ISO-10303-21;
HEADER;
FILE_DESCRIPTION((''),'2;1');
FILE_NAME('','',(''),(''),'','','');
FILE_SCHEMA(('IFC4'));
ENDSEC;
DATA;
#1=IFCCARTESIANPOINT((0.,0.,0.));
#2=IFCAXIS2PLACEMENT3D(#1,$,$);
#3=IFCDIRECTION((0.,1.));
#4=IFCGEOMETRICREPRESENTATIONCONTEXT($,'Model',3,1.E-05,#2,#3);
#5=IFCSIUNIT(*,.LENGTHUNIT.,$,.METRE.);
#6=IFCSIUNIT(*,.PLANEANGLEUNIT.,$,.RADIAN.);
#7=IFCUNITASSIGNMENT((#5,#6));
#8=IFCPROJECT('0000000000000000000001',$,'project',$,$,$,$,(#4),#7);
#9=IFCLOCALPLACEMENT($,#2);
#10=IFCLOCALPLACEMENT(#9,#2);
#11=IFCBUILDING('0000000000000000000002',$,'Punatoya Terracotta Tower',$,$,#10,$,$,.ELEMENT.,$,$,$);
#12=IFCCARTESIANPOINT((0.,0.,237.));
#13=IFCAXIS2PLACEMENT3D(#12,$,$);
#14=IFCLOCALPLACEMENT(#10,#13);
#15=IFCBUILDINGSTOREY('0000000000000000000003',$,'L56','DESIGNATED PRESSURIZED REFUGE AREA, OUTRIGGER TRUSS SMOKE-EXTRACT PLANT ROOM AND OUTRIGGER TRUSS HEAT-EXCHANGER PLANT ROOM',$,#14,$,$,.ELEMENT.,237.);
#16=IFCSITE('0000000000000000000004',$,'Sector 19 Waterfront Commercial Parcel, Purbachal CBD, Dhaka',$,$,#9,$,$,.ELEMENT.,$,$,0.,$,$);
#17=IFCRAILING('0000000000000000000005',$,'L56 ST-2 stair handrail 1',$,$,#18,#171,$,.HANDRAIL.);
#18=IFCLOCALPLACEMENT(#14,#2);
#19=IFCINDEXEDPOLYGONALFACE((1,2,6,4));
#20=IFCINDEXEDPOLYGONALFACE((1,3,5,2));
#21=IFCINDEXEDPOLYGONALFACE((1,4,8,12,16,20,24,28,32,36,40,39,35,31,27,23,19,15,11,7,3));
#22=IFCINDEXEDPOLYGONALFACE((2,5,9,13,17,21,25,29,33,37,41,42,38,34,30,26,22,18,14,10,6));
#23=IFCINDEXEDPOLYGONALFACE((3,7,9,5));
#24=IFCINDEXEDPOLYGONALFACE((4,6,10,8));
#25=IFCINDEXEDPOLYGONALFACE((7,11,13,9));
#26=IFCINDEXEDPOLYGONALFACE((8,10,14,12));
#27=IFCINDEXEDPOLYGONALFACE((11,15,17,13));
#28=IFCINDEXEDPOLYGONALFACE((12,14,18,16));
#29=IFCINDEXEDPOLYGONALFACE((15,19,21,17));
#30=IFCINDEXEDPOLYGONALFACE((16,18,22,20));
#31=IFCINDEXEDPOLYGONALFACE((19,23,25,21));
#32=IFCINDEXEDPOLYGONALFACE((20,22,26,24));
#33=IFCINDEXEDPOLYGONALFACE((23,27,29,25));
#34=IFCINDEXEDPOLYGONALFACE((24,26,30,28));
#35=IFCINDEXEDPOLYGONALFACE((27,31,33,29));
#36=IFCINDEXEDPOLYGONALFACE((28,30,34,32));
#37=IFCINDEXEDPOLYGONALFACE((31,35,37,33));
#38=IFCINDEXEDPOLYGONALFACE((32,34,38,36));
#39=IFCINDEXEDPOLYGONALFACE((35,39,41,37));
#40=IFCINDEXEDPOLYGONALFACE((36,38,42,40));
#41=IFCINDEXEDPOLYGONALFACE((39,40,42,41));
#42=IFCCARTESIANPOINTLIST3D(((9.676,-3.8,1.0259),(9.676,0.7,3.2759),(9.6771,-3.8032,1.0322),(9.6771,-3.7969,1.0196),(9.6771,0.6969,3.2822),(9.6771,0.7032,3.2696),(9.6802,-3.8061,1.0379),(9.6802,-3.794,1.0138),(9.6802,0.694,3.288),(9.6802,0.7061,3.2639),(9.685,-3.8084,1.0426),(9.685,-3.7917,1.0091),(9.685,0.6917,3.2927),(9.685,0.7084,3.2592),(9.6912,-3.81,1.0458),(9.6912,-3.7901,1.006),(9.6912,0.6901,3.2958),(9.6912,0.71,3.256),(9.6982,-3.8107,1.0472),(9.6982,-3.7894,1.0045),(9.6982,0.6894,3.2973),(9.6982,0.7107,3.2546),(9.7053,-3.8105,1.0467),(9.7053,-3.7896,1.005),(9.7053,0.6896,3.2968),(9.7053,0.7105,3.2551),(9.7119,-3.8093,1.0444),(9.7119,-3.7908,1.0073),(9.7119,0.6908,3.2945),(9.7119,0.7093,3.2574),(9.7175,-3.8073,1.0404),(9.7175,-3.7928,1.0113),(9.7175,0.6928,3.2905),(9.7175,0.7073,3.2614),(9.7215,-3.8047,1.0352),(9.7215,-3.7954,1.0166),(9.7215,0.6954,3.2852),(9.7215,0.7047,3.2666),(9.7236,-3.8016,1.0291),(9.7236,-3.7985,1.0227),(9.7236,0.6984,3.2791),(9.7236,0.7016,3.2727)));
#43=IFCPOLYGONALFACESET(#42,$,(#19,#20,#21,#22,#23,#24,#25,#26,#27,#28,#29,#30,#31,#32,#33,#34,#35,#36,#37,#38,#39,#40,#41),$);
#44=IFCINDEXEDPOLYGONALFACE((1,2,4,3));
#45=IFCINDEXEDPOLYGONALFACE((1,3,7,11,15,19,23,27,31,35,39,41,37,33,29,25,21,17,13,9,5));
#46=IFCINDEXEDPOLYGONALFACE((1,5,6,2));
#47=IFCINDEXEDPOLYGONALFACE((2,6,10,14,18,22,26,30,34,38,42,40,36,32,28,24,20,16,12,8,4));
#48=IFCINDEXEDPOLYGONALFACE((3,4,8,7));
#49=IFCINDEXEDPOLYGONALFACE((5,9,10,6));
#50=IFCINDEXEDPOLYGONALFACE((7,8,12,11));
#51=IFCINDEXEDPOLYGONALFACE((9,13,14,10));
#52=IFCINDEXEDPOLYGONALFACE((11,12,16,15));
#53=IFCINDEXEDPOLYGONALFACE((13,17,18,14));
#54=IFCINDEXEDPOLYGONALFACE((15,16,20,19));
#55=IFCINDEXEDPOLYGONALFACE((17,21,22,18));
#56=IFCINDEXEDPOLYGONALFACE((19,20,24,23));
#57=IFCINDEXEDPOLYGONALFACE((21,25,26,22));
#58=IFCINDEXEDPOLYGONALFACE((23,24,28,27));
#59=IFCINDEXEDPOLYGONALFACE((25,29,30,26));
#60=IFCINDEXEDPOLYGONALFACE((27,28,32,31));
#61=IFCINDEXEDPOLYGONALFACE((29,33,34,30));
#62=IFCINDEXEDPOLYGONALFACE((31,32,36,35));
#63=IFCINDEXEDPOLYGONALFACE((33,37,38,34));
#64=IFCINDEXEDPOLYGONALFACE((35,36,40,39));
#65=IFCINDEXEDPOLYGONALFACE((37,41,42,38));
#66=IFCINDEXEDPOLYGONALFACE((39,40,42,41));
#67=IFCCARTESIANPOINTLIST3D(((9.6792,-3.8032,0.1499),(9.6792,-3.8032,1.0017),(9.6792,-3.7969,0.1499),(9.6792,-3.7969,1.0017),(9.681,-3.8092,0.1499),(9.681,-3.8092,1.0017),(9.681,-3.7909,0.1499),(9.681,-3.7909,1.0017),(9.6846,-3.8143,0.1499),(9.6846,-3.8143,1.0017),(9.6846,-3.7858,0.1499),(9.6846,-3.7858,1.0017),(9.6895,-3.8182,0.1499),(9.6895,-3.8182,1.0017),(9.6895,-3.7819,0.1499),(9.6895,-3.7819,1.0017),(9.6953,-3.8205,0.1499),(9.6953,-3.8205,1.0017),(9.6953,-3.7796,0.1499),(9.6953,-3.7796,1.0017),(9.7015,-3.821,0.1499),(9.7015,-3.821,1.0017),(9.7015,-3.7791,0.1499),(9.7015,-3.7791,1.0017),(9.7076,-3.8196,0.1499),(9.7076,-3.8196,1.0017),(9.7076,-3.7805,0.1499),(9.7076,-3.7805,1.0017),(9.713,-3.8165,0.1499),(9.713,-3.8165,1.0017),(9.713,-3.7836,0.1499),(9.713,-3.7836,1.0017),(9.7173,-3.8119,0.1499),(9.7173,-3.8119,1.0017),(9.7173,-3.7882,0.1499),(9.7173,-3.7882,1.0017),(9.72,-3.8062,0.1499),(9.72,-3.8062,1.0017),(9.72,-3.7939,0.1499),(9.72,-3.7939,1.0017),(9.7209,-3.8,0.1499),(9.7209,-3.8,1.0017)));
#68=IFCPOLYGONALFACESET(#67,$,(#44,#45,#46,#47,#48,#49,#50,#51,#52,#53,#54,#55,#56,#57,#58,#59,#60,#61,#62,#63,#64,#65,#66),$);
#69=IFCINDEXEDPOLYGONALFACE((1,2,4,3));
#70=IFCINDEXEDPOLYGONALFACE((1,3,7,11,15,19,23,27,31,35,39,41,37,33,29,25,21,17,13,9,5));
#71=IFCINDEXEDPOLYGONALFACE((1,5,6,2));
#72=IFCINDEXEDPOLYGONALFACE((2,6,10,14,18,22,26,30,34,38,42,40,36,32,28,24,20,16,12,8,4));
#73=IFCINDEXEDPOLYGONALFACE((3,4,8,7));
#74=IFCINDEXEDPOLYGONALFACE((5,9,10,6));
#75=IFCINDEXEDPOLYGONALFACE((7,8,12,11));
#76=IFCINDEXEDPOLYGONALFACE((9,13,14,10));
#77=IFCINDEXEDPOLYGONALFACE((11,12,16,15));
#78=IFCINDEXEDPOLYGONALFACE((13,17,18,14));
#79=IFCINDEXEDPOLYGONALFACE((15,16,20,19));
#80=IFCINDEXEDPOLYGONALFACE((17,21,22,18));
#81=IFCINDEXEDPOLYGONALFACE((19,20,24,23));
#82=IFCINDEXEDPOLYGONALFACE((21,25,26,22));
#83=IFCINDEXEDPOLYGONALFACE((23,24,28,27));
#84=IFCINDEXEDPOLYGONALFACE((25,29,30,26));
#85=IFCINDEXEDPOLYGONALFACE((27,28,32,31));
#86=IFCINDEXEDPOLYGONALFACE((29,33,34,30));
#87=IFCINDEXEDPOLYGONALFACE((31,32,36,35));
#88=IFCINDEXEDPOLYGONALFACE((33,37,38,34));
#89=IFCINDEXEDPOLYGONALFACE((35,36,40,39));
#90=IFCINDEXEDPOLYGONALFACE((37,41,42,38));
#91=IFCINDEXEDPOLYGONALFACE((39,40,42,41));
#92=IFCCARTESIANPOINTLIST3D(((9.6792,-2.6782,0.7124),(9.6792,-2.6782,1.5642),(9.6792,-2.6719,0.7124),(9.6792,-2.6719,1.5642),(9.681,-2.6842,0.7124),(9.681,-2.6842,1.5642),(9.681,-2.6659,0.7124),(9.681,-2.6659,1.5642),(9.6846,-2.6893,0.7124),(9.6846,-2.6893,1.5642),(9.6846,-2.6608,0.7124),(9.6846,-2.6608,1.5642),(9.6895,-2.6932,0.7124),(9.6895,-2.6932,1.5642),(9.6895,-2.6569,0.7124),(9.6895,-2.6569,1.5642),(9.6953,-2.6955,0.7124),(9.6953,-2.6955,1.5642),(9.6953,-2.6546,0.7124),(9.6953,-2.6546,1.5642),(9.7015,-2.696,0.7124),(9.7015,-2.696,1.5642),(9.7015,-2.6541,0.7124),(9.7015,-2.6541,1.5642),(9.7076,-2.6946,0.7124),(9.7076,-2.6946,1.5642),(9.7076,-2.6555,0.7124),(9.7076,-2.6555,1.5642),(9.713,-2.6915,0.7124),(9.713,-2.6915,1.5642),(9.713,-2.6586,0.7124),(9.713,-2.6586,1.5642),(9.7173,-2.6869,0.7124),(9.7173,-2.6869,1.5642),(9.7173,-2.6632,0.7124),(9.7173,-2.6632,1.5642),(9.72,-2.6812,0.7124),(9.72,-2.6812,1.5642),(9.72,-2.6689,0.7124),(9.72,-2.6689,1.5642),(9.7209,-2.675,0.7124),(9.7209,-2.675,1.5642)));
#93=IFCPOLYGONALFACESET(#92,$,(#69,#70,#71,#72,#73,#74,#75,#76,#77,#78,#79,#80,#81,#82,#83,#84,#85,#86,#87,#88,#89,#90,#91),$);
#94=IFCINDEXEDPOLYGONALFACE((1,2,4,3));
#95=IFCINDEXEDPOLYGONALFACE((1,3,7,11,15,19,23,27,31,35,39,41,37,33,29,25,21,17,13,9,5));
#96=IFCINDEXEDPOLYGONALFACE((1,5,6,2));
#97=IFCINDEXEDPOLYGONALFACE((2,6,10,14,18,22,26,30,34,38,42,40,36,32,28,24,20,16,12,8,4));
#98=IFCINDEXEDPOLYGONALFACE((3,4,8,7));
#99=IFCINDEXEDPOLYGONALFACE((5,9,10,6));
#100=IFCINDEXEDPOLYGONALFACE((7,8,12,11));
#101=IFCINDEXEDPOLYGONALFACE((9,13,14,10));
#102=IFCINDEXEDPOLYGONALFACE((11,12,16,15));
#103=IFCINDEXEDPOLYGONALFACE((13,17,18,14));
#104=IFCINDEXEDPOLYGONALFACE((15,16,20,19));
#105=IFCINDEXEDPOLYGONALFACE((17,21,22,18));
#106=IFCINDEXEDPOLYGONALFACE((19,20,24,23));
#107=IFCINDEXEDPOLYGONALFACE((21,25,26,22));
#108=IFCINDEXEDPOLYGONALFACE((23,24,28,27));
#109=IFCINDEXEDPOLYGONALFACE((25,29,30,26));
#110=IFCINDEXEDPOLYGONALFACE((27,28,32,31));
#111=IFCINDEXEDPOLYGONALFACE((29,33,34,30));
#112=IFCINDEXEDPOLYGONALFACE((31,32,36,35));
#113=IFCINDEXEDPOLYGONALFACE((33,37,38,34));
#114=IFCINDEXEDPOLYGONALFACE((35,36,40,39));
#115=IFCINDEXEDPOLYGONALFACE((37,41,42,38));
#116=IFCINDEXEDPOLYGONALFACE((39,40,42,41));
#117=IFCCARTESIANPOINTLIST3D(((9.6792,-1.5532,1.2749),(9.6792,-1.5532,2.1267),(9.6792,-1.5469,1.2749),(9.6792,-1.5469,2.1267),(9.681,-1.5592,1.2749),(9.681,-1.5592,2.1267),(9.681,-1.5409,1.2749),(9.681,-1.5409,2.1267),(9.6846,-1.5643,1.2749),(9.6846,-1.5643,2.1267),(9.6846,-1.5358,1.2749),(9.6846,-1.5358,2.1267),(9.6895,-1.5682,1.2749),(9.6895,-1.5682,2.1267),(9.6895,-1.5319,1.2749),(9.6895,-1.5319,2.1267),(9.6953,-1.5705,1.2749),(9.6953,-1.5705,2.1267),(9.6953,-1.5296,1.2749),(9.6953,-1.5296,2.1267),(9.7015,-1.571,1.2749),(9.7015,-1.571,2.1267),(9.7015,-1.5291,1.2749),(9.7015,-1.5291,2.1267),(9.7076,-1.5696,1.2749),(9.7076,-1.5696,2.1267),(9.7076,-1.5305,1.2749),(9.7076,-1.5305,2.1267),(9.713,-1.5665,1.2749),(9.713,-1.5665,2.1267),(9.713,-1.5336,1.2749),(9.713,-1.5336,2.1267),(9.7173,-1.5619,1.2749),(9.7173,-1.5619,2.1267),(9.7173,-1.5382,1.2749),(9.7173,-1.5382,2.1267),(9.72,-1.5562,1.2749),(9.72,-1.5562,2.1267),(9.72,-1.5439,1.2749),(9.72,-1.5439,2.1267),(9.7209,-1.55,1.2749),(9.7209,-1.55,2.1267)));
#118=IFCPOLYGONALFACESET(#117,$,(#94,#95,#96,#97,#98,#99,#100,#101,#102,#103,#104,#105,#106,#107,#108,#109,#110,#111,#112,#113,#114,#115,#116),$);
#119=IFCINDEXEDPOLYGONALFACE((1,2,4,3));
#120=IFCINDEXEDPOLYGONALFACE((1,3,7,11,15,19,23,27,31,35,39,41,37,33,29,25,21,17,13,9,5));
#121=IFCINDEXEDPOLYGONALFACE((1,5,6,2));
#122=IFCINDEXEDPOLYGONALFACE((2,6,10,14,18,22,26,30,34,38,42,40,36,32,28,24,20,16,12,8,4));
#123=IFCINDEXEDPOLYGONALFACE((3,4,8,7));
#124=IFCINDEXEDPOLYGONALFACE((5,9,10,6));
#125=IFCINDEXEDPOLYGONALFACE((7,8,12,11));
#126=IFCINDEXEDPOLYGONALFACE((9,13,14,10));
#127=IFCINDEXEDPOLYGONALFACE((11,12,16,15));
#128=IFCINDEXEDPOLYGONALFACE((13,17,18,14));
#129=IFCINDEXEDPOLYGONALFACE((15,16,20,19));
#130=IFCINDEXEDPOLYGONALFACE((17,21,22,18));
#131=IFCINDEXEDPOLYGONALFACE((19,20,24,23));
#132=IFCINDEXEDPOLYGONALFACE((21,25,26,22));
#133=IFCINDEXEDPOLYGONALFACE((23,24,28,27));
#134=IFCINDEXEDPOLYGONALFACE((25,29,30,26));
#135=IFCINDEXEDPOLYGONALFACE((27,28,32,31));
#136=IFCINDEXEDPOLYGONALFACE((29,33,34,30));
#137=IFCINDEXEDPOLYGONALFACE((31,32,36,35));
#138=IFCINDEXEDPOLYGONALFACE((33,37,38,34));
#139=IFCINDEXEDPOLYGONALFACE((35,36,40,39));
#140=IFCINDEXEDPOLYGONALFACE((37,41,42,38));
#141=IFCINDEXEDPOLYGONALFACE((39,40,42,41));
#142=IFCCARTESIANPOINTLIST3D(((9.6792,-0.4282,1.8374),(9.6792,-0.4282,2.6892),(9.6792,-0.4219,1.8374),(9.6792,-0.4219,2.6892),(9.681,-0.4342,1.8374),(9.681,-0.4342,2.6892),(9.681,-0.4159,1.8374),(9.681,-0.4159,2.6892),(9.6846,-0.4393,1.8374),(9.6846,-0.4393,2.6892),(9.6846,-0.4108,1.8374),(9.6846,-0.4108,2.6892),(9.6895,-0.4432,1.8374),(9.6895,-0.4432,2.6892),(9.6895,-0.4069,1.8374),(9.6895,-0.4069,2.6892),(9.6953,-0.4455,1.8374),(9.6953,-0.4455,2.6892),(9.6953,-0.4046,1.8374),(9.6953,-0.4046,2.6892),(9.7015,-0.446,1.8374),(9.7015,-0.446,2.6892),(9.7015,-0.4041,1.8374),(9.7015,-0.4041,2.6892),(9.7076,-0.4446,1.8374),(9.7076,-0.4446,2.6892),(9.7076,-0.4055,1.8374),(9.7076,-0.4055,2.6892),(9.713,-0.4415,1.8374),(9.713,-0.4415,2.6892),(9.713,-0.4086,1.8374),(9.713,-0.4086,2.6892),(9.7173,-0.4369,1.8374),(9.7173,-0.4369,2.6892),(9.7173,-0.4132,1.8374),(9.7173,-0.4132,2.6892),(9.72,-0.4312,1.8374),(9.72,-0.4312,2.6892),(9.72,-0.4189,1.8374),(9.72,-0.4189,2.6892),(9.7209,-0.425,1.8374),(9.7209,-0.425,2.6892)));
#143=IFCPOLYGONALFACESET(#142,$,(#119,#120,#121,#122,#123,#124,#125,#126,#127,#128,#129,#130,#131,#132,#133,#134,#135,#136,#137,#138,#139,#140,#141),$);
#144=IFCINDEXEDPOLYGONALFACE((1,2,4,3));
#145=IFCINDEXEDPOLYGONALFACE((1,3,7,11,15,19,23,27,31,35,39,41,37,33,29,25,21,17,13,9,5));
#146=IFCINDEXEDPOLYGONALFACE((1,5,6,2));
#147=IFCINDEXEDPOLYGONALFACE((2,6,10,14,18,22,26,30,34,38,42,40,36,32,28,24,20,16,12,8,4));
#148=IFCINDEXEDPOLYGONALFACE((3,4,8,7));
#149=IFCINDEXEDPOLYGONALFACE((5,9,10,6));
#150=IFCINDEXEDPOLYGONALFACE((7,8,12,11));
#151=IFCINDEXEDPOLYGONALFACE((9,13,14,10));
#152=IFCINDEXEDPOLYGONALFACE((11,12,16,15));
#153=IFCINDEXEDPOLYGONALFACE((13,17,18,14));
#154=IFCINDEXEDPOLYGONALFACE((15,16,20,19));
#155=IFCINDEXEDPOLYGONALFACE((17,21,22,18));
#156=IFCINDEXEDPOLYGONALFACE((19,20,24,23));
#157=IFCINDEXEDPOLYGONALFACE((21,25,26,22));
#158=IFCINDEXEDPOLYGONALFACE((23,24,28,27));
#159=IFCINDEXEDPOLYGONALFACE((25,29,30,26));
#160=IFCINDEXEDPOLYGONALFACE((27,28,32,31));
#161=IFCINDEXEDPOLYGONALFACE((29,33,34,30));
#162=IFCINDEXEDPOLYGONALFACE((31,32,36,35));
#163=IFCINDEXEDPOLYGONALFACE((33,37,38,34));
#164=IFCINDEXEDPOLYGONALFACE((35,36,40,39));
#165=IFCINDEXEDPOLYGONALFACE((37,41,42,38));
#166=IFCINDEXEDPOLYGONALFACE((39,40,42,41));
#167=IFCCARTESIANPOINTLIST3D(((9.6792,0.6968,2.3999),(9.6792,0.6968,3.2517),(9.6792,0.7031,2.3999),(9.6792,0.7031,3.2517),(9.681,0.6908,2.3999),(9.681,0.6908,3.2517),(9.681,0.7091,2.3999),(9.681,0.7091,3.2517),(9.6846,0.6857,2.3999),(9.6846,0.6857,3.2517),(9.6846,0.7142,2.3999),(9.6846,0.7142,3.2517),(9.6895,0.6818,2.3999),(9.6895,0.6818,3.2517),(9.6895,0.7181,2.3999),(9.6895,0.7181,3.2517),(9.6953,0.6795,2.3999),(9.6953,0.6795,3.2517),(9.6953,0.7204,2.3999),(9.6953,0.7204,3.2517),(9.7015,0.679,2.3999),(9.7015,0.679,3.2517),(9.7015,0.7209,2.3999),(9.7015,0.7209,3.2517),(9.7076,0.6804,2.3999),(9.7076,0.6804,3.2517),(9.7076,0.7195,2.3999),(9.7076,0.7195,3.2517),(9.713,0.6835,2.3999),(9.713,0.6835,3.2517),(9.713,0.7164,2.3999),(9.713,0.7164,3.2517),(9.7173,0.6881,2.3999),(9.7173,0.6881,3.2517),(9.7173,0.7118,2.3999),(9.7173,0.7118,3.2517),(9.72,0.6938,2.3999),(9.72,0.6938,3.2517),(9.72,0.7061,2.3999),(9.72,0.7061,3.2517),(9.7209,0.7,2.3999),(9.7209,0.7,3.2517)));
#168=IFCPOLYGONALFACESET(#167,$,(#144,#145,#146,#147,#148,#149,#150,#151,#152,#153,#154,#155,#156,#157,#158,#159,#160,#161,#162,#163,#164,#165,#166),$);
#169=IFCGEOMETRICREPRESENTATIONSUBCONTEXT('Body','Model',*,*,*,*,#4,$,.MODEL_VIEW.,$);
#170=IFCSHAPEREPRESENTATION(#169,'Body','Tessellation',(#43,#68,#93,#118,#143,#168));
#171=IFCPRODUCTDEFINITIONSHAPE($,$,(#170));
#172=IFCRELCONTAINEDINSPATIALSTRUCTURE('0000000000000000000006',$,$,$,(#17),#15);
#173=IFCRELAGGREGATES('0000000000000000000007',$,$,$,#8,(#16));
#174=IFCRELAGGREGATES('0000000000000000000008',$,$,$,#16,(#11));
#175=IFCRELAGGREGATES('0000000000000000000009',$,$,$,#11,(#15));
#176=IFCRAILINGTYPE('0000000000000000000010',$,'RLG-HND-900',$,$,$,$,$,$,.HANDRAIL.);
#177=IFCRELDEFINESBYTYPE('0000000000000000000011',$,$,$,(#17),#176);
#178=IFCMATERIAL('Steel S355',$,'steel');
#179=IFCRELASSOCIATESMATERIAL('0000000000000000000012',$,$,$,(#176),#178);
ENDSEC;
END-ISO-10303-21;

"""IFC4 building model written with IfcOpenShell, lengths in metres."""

from ifc_helpers import new_model, si_unit, direction, frame, origin, origin_2d, place, context, subcontext, project, spatial, circle, extrude, material, type_object, element, save


model = new_model("IFC4")

# Units and contexts
model_context = context("Model", 3, precision=1e-05, world=origin(), true_north=direction((0.0, 1.0)))
body_context = subcontext(model_context, "Body", "Model", "MODEL_VIEW")
ifc_project = project(units=[si_unit("LENGTHUNIT", "METRE"), si_unit("PLANEANGLEUNIT", "RADIAN")], contexts=[model_context])

# Site, building, storey
site_placement = place(None, origin())
site = spatial("IfcSite", under=ifc_project, at=site_placement, Name="Sector 19 Waterfront Commercial Parcel, Purbachal CBD, Dhaka", CompositionType="ELEMENT", RefElevation=0.0)
building_placement = place(site_placement, origin())
building = spatial("IfcBuilding", under=site, at=building_placement, Name="Punatoya Terracotta Tower", CompositionType="ELEMENT")
storey_placement = place(building_placement, frame((0.0, 0.0, 237.0)))
storey = spatial("IfcBuildingStorey", under=building, at=storey_placement, Name="L56", Description="DESIGNATED PRESSURIZED REFUGE AREA, OUTRIGGER TRUSS SMOKE-EXTRACT PLANT ROOM AND OUTRIGGER TRUSS HEAT-EXCHANGER PLANT ROOM", CompositionType="ELEMENT", Elevation=237.0)

# Railing
ifc_material_1 = material(Name="Steel S355", Category="steel")
railing_type_1 = type_object("IfcRailingType", Name="RLG-HND-900", PredefinedType="HANDRAIL", material=ifc_material_1)
railing_1_placement = place(storey_placement, frame((9.7, -3.8, 0.1499)))
element("IfcRailing", 1, at=railing_1_placement, inside=storey, type_object=railing_type_1, Name="L56 ST-2 stair handrail 1", PredefinedType="HANDRAIL", context=body_context, shape_type="SweptSolid", body=[
    extrude(circle(Radius=0.0239, at=origin_2d()), frame((0.0, 0.0, 0.876), z_axis=(0.0, 0.894427, 0.447214), x_axis=(-1.0, 0.0, 0.0)), (0.0, 0.0, 1.0), 5.0312),
    extrude(circle(Radius=0.021, at=origin_2d()), origin(), (0.0, 0.0, 1.0), 0.8518),
    extrude(circle(Radius=0.021, at=origin_2d()), frame((0.0, 1.125, 0.5625)), (0.0, 0.0, 1.0), 0.8518),
    extrude(circle(Radius=0.021, at=origin_2d()), frame((0.0, 2.25, 1.125)), (0.0, 0.0, 1.0), 0.8518),
    extrude(circle(Radius=0.021, at=origin_2d()), frame((0.0, 3.375, 1.6875)), (0.0, 0.0, 1.0), 0.8518),
    extrude(circle(Radius=0.021, at=origin_2d()), frame((0.0, 4.5, 2.25)), (0.0, 0.0, 1.0), 0.8518),
])

save(model, "model.ifc")
